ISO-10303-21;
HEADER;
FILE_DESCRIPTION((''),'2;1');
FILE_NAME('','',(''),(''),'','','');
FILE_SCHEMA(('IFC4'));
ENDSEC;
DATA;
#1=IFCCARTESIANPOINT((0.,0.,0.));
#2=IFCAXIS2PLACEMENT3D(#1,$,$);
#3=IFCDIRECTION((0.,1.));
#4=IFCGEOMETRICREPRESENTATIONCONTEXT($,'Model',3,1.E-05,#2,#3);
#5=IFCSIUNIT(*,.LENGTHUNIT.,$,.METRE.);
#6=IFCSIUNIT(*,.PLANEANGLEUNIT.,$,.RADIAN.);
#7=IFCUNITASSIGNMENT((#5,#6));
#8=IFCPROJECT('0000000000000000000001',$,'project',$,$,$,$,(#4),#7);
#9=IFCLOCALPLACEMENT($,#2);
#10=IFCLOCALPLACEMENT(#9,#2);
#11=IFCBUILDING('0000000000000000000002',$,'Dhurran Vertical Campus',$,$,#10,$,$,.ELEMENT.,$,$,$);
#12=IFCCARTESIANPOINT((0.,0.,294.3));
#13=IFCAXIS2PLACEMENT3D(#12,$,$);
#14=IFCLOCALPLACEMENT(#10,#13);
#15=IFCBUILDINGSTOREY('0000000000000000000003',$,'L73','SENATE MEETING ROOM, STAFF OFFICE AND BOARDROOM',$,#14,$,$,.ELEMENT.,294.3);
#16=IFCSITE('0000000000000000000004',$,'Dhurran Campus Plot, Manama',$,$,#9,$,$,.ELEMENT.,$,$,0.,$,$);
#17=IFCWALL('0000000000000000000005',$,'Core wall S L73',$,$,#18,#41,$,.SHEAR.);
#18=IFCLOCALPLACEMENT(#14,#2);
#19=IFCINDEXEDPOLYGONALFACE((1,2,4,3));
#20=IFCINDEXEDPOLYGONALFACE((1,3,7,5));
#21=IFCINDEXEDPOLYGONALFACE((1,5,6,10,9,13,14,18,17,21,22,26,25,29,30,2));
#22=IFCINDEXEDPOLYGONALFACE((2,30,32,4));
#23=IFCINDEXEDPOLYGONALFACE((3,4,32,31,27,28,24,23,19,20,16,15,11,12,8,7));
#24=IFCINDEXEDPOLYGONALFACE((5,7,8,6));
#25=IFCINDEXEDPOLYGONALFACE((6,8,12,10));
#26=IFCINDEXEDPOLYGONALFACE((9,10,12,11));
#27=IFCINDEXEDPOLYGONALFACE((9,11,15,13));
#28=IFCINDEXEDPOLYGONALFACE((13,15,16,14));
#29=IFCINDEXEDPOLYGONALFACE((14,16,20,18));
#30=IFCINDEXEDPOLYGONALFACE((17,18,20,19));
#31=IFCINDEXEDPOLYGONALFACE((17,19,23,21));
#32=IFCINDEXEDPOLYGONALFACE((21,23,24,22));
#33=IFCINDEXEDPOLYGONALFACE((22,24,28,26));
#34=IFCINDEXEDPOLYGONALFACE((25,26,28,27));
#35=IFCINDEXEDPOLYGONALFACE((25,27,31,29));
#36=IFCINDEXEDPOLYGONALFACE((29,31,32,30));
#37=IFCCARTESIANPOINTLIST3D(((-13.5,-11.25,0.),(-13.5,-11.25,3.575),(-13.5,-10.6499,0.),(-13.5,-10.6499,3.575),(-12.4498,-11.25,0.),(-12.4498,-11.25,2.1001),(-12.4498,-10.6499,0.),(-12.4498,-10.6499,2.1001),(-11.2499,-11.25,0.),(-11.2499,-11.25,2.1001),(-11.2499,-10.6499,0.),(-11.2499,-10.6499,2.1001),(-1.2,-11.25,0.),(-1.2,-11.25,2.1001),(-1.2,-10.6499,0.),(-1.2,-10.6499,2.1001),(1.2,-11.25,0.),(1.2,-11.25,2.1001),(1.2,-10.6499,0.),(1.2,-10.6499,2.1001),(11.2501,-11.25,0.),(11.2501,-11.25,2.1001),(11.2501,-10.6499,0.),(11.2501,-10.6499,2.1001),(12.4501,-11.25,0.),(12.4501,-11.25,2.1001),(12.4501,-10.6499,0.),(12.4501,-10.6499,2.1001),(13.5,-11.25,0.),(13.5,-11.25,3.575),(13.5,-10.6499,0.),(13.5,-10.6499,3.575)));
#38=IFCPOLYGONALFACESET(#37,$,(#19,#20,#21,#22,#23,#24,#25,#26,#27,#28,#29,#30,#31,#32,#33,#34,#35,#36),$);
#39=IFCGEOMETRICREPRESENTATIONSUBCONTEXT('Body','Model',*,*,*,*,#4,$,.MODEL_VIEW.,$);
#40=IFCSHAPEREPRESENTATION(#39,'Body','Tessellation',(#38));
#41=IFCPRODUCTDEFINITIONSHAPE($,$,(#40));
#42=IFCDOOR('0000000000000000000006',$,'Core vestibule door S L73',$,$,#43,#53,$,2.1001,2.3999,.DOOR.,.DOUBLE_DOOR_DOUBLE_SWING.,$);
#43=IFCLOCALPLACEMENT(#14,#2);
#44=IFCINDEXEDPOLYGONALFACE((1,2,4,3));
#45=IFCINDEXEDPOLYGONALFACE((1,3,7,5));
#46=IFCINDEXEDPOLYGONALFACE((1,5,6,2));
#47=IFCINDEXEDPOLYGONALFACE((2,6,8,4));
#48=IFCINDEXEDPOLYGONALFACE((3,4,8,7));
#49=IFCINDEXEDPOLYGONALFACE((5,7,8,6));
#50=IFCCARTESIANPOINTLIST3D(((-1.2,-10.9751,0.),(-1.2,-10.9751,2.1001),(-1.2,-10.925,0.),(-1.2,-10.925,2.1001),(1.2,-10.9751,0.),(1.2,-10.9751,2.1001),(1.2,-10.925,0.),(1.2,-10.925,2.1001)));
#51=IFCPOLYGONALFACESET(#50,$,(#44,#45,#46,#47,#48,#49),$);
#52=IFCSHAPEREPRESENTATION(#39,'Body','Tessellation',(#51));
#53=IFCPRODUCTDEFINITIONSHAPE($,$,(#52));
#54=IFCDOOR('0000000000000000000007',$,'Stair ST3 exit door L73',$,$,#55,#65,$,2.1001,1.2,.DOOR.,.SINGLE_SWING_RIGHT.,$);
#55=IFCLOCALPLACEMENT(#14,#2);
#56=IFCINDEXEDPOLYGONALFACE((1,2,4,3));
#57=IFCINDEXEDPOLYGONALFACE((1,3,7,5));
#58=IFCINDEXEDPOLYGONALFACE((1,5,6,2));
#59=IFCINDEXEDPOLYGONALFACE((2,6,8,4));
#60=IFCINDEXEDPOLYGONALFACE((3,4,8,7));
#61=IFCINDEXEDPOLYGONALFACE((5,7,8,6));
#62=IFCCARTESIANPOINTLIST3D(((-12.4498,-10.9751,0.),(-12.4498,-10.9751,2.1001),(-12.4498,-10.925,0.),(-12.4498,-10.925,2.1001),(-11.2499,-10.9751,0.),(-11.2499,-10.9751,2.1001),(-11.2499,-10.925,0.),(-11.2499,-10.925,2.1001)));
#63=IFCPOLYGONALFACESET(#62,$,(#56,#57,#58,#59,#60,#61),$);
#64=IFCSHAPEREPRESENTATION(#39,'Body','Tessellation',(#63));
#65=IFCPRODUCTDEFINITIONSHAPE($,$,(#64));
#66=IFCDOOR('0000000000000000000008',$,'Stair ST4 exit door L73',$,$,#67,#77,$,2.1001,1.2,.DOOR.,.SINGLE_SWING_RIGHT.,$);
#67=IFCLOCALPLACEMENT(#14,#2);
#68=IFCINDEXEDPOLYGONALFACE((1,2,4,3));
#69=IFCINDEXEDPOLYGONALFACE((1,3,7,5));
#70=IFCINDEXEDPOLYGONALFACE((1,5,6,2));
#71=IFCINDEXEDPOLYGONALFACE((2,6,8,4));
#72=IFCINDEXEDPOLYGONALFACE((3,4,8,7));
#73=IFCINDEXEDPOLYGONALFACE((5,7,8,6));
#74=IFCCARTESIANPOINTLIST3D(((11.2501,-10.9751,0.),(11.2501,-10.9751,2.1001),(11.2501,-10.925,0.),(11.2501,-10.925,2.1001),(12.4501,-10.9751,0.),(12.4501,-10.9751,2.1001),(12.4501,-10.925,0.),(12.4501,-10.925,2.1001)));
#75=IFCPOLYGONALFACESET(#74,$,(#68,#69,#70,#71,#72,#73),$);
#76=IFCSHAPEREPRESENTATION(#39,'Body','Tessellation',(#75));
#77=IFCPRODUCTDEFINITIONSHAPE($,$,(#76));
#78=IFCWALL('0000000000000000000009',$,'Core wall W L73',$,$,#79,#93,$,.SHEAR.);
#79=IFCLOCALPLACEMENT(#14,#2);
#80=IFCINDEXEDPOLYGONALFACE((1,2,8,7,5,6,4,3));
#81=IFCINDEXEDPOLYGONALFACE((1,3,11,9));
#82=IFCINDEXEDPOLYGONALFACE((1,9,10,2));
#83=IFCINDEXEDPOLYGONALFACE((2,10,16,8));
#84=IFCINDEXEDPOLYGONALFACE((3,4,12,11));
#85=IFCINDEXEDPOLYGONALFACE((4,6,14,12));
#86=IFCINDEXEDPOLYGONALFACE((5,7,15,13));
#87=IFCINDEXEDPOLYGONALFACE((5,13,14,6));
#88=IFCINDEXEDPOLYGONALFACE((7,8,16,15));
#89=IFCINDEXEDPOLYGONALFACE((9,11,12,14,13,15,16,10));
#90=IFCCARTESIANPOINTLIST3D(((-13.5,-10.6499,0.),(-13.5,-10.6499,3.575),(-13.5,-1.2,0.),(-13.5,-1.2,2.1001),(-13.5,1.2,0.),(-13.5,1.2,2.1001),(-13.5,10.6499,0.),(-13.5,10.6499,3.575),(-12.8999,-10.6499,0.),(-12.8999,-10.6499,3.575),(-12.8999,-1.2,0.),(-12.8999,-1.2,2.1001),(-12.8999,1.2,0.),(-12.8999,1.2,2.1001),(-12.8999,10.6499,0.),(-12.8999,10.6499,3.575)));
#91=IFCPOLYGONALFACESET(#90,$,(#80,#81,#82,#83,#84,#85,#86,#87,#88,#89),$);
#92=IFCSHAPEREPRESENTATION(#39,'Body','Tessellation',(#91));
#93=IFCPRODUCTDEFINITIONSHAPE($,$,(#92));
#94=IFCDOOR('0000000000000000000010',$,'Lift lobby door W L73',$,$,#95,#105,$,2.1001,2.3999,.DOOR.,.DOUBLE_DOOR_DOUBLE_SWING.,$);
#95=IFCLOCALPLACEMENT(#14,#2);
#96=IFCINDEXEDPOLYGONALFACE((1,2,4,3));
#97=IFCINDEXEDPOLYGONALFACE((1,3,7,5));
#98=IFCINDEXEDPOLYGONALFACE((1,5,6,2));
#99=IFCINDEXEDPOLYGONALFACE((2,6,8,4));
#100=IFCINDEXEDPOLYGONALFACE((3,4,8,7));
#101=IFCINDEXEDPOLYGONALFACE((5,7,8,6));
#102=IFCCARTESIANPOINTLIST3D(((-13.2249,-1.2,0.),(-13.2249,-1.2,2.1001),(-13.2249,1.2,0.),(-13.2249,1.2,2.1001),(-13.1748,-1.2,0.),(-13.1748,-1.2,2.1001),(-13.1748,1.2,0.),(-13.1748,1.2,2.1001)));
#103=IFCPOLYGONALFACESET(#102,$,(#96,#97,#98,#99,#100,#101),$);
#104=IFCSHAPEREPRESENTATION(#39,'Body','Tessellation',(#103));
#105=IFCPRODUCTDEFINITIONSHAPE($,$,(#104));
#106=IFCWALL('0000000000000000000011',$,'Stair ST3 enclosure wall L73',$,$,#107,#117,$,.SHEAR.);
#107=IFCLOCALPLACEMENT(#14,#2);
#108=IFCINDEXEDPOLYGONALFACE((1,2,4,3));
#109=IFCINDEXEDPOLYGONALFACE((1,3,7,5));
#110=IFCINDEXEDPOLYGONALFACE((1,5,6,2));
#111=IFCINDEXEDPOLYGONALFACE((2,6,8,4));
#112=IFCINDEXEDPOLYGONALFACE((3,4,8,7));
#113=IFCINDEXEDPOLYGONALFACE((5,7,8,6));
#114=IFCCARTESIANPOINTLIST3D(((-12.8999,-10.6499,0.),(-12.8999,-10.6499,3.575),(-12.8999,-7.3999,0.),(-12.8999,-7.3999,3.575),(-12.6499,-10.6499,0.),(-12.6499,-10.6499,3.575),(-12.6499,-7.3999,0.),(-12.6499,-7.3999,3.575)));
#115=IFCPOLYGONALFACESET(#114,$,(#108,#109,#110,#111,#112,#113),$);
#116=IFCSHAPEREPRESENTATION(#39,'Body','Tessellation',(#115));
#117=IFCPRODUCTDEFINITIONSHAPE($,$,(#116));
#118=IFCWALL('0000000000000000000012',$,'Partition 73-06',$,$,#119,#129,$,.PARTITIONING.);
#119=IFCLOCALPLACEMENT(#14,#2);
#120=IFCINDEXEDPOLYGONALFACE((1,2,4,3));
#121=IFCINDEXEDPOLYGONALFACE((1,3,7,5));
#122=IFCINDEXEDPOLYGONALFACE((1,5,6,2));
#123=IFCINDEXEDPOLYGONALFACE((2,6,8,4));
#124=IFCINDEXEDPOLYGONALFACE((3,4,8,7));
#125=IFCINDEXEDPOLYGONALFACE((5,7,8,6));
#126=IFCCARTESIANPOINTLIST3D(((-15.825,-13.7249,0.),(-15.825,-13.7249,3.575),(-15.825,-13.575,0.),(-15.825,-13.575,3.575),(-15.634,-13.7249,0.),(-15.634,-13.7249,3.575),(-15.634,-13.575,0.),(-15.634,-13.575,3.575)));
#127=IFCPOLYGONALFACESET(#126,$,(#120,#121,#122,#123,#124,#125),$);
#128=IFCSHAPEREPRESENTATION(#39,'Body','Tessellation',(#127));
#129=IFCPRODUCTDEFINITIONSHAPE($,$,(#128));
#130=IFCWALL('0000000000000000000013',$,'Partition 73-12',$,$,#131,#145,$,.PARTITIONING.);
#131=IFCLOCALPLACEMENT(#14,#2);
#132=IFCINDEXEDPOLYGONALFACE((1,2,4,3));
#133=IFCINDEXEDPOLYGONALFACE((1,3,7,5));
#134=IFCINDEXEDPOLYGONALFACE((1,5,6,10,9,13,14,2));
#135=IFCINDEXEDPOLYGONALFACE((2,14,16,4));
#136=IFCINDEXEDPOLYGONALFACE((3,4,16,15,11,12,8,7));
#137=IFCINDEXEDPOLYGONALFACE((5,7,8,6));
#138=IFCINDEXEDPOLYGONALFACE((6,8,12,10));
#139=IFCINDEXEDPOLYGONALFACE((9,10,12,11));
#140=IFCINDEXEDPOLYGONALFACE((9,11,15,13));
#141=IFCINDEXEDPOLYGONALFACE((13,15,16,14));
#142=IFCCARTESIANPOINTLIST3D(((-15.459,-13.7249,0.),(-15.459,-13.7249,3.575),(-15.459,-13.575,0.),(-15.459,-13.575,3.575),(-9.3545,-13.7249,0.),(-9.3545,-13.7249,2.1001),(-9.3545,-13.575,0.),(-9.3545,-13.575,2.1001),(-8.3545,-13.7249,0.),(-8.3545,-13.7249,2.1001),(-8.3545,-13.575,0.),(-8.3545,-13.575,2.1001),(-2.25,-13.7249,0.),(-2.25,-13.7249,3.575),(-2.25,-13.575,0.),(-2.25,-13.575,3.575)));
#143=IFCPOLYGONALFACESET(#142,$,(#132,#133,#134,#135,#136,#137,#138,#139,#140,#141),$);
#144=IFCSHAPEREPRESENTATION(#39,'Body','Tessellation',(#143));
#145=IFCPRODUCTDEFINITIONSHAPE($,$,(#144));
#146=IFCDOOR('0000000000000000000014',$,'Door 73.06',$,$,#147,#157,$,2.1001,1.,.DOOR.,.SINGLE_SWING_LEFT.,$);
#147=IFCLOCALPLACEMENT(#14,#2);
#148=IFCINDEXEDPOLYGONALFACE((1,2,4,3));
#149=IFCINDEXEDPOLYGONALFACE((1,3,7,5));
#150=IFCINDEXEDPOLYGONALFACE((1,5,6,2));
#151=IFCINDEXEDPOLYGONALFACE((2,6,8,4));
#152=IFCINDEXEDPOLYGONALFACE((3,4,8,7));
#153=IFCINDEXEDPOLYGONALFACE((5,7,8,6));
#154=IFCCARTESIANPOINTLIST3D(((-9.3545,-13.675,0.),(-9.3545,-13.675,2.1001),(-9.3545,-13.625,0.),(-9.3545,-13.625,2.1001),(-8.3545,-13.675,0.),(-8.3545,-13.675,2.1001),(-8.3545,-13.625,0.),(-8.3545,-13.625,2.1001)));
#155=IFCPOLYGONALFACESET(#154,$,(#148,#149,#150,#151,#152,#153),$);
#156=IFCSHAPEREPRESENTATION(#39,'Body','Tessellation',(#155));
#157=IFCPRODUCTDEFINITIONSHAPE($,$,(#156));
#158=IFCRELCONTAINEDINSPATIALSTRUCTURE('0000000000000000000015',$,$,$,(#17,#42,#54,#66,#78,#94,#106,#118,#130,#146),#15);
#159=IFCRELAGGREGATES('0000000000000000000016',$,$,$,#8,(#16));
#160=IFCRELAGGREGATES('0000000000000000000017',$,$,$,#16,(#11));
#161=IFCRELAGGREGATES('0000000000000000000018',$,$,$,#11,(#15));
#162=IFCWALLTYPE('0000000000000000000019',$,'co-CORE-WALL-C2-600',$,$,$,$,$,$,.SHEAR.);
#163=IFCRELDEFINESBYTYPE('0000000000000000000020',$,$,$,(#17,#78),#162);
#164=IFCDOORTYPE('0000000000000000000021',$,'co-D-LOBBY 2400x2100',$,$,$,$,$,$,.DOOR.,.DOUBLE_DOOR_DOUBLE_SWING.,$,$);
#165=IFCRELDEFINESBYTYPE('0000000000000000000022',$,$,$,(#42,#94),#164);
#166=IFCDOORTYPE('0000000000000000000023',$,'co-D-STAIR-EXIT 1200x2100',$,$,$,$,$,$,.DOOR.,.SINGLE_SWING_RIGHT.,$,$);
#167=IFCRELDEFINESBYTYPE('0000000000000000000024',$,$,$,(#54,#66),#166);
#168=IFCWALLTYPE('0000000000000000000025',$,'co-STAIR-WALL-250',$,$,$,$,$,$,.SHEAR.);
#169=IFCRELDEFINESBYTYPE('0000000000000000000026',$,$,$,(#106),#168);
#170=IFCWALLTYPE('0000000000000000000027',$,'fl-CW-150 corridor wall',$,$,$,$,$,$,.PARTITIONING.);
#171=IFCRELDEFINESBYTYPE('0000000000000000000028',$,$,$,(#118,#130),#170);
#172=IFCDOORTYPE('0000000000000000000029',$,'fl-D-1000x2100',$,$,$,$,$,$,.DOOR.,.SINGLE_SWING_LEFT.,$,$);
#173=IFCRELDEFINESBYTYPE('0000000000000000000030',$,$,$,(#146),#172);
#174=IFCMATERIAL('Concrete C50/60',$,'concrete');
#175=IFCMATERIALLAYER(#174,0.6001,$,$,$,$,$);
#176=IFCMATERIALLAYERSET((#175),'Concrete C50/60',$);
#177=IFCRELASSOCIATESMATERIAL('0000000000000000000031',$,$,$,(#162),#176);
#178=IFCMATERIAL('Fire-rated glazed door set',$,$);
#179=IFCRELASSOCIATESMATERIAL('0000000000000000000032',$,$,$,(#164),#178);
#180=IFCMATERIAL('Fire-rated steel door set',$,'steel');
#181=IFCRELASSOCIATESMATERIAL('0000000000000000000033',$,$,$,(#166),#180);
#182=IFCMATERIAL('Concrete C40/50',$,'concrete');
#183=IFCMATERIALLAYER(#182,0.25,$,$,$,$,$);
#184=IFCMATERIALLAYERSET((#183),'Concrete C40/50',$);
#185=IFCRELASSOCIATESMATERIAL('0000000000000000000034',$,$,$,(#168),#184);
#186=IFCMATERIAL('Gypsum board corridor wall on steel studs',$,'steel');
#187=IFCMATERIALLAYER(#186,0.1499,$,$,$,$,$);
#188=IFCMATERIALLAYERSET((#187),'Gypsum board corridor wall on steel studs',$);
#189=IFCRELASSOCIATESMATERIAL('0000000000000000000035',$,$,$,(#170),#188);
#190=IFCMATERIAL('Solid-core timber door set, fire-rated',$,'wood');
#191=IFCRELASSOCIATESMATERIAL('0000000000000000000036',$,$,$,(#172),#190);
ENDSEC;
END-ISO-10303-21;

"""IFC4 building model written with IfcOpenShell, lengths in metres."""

from ifc_helpers import new_model, si_unit, direction, frame, frame_2d, origin, place, context, subcontext, project, spatial, rectangle, extrude, material, layer, layer_set, type_object, element, fill, save


model = new_model("IFC4")

# Units and contexts
model_context = context("Model", 3, precision=1e-05, world=origin(), true_north=direction((0.0, 1.0)))
body_context = subcontext(model_context, "Body", "Model", "MODEL_VIEW")
ifc_project = project(units=[si_unit("LENGTHUNIT", "METRE"), si_unit("PLANEANGLEUNIT", "RADIAN")], contexts=[model_context])

# Site, building, storey
site_placement = place(None, origin())
site = spatial("IfcSite", under=ifc_project, at=site_placement, Name="Dhurran Campus Plot, Manama", CompositionType="ELEMENT", RefElevation=0.0)
building_placement = place(site_placement, origin())
building = spatial("IfcBuilding", under=site, at=building_placement, Name="Dhurran Vertical Campus", CompositionType="ELEMENT")
storey_placement = place(building_placement, frame((0.0, 0.0, 294.3)))
storey = spatial("IfcBuildingStorey", under=building, at=storey_placement, Name="L73", Description="SENATE MEETING ROOM, STAFF OFFICE AND BOARDROOM", CompositionType="ELEMENT", Elevation=294.3)

# Wall, openings, doors
ifc_material_1 = material(Name="Concrete C50/60", Category="concrete")
ifc_layer_1 = layer(ifc_material_1, 0.6001)
ifc_layer_set_1 = layer_set([ifc_layer_1], Name="Concrete C50/60")
wall_type_1 = type_object("IfcWallType", Name="co-CORE-WALL-C2-600", PredefinedType="SHEAR", material=ifc_layer_set_1)
wall_1_placement = place(storey_placement, frame((-13.5, -10.95, 0.0), z_axis=(0.0, 0.0, 1.0), x_axis=(1.0, 0.0, 0.0)))
wall_1 = element("IfcWall", 1, at=wall_1_placement, inside=storey, type_object=wall_type_1, Name="Core wall S L73", PredefinedType="SHEAR", context=body_context, shape_type="SweptSolid", body=[
    extrude(rectangle(XDim=27.0, YDim=0.6001, at=frame_2d((13.5, 0.0))), origin(), (0.0, 0.0, 1.0), 3.575),
])
opening_1_placement = place(wall_1_placement, frame((12.3, 0.0, 0.0)))
opening_1 = element("IfcOpeningElement", 2, at=opening_1_placement, cuts=wall_1, PredefinedType="OPENING", context=body_context, shape_type="SweptSolid", body=[
    extrude(rectangle(XDim=2.3999, YDim=2.1001, at=frame_2d((1.2, 1.05))), frame((0.0, 0.3101, 0.0), z_axis=(0.0, -1.0, 0.0), x_axis=(1.0, 0.0, 0.0)), (0.0, 0.0, 1.0), 0.6201),
])
opening_2_placement = place(wall_1_placement, frame((1.05, 0.0, 0.0)))
opening_2 = element("IfcOpeningElement", 3, at=opening_2_placement, cuts=wall_1, PredefinedType="OPENING", context=body_context, shape_type="SweptSolid", body=[
    extrude(rectangle(XDim=1.2, YDim=2.1001, at=frame_2d((0.6001, 1.05))), frame((0.0, 0.3101, 0.0), z_axis=(0.0, -1.0, 0.0), x_axis=(1.0, 0.0, 0.0)), (0.0, 0.0, 1.0), 0.6201),
])
opening_3_placement = place(wall_1_placement, frame((24.75, 0.0, 0.0)))
opening_3 = element("IfcOpeningElement", 4, at=opening_3_placement, cuts=wall_1, PredefinedType="OPENING", context=body_context, shape_type="SweptSolid", body=[
    extrude(rectangle(XDim=1.2, YDim=2.1001, at=frame_2d((0.6001, 1.05))), frame((0.0, 0.3101, 0.0), z_axis=(0.0, -1.0, 0.0), x_axis=(1.0, 0.0, 0.0)), (0.0, 0.0, 1.0), 0.6201),
])
ifc_material_2 = material(Name="Fire-rated glazed door set")
door_type_1 = type_object("IfcDoorType", Name="co-D-LOBBY 2400x2100", OperationType="DOUBLE_DOOR_DOUBLE_SWING", PredefinedType="DOOR", material=ifc_material_2)
door_1_placement = place(opening_1_placement, origin())
door_1 = element("IfcDoor", 5, at=door_1_placement, inside=storey, type_object=door_type_1, Name="Core vestibule door S L73", OperationType="DOUBLE_DOOR_DOUBLE_SWING", OverallHeight=2.1001, OverallWidth=2.3999, PredefinedType="DOOR", context=body_context, shape_type="SweptSolid", body=[
    extrude(rectangle(XDim=2.3999, YDim=2.1001, at=frame_2d((1.2, 1.05))), frame((0.0, 0.0249, 0.0), z_axis=(0.0, -1.0, 0.0), x_axis=(1.0, 0.0, 0.0)), (0.0, 0.0, 1.0), 0.05),
])
fill(opening_1, door_1)
ifc_material_3 = material(Name="Fire-rated steel door set", Category="steel")
door_type_2 = type_object("IfcDoorType", Name="co-D-STAIR-EXIT 1200x2100", OperationType="SINGLE_SWING_RIGHT", PredefinedType="DOOR", material=ifc_material_3)
door_2_placement = place(opening_2_placement, origin())
door_2 = element("IfcDoor", 6, at=door_2_placement, inside=storey, type_object=door_type_2, Name="Stair ST3 exit door L73", OperationType="SINGLE_SWING_RIGHT", OverallHeight=2.1001, OverallWidth=1.2, PredefinedType="DOOR", context=body_context, shape_type="SweptSolid", body=[
    extrude(rectangle(XDim=1.2, YDim=2.1001, at=frame_2d((0.6001, 1.05))), frame((0.0, 0.0249, 0.0), z_axis=(0.0, -1.0, 0.0), x_axis=(1.0, 0.0, 0.0)), (0.0, 0.0, 1.0), 0.05),
])
fill(opening_2, door_2)
door_3_placement = place(opening_3_placement, origin())
door_3 = element("IfcDoor", 7, at=door_3_placement, inside=storey, type_object=door_type_2, Name="Stair ST4 exit door L73", OperationType="SINGLE_SWING_RIGHT", OverallHeight=2.1001, OverallWidth=1.2, PredefinedType="DOOR", context=body_context, shape_type="SweptSolid", body=[
    extrude(rectangle(XDim=1.2, YDim=2.1001, at=frame_2d((0.6001, 1.05))), frame((0.0, 0.0249, 0.0), z_axis=(0.0, -1.0, 0.0), x_axis=(1.0, 0.0, 0.0)), (0.0, 0.0, 1.0), 0.05),
])
fill(opening_3, door_3)

# Wall, opening, door
wall_2_placement = place(storey_placement, frame((-13.2, -10.6499, 0.0), z_axis=(0.0, 0.0, 1.0), x_axis=(0.0, 1.0, 0.0)))
wall_2 = element("IfcWall", 8, at=wall_2_placement, inside=storey, type_object=wall_type_1, Name="Core wall W L73", PredefinedType="SHEAR", context=body_context, shape_type="SweptSolid", body=[
    extrude(rectangle(XDim=21.2998, YDim=0.6001, at=frame_2d((10.6499, 0.0))), origin(), (0.0, 0.0, 1.0), 3.575),
])
opening_4_placement = place(wall_2_placement, frame((9.45, 0.0, 0.0)))
opening_4 = element("IfcOpeningElement", 9, at=opening_4_placement, cuts=wall_2, PredefinedType="OPENING", context=body_context, shape_type="SweptSolid", body=[
    extrude(rectangle(XDim=2.3999, YDim=2.1001, at=frame_2d((1.2, 1.05))), frame((0.0, 0.3101, 0.0), z_axis=(0.0, -1.0, 0.0), x_axis=(1.0, 0.0, 0.0)), (0.0, 0.0, 1.0), 0.6201),
])
door_4_placement = place(opening_4_placement, origin())
door_4 = element("IfcDoor", 10, at=door_4_placement, inside=storey, type_object=door_type_1, Name="Lift lobby door W L73", OperationType="DOUBLE_DOOR_DOUBLE_SWING", OverallHeight=2.1001, OverallWidth=2.3999, PredefinedType="DOOR", context=body_context, shape_type="SweptSolid", body=[
    extrude(rectangle(XDim=2.3999, YDim=2.1001, at=frame_2d((1.2, 1.05))), frame((0.0, 0.0249, 0.0), z_axis=(0.0, -1.0, 0.0), x_axis=(1.0, 0.0, 0.0)), (0.0, 0.0, 1.0), 0.05),
])
fill(opening_4, door_4)

# Walls
ifc_material_4 = material(Name="Concrete C40/50", Category="concrete")
ifc_layer_2 = layer(ifc_material_4, 0.25)
ifc_layer_set_2 = layer_set([ifc_layer_2], Name="Concrete C40/50")
wall_type_2 = type_object("IfcWallType", Name="co-STAIR-WALL-250", PredefinedType="SHEAR", material=ifc_layer_set_2)
wall_3_placement = place(storey_placement, frame((-12.7749, -10.6499, 0.0), z_axis=(0.0, 0.0, 1.0), x_axis=(0.0, 1.0, 0.0)))
element("IfcWall", 11, at=wall_3_placement, inside=storey, type_object=wall_type_2, Name="Stair ST3 enclosure wall L73", PredefinedType="SHEAR", context=body_context, shape_type="SweptSolid", body=[
    extrude(rectangle(XDim=3.25, YDim=0.25, at=frame_2d((1.625, 0.0))), origin(), (0.0, 0.0, 1.0), 3.575),
])
ifc_material_5 = material(Name="Gypsum board corridor wall on steel studs", Category="steel")
ifc_layer_3 = layer(ifc_material_5, 0.1499)
ifc_layer_set_3 = layer_set([ifc_layer_3], Name="Gypsum board corridor wall on steel studs")
wall_type_3 = type_object("IfcWallType", Name="fl-CW-150 corridor wall", PredefinedType="PARTITIONING", material=ifc_layer_set_3)
wall_4_placement = place(storey_placement, frame((-15.825, -13.6499, 0.0), z_axis=(0.0, 0.0, 1.0), x_axis=(1.0, 0.0, 0.0)))
element("IfcWall", 12, at=wall_4_placement, inside=storey, type_object=wall_type_3, Name="Partition 73-06", PredefinedType="PARTITIONING", context=body_context, shape_type="SweptSolid", body=[
    extrude(rectangle(XDim=0.1909, YDim=0.1499, at=frame_2d((0.0955, 0.0))), origin(), (0.0, 0.0, 1.0), 3.575),
])

# Wall, opening, door
wall_5_placement = place(storey_placement, frame((-15.459, -13.6499, 0.0), z_axis=(0.0, 0.0, 1.0), x_axis=(1.0, 0.0, 0.0)))
wall_5 = element("IfcWall", 13, at=wall_5_placement, inside=storey, type_object=wall_type_3, Name="Partition 73-12", PredefinedType="PARTITIONING", context=body_context, shape_type="SweptSolid", body=[
    extrude(rectangle(XDim=13.209, YDim=0.1499, at=frame_2d((6.6045, 0.0))), origin(), (0.0, 0.0, 1.0), 3.575),
])
opening_5_placement = place(wall_5_placement, frame((6.1045, 0.0, 0.0)))
opening_5 = element("IfcOpeningElement", 14, at=opening_5_placement, cuts=wall_5, PredefinedType="OPENING", context=body_context, shape_type="SweptSolid", body=[
    extrude(rectangle(XDim=1.0, YDim=2.1001, at=frame_2d((0.5, 1.05))), frame((0.0, 0.085, 0.0), z_axis=(0.0, -1.0, 0.0), x_axis=(1.0, 0.0, 0.0)), (0.0, 0.0, 1.0), 0.1699),
])
ifc_material_6 = material(Name="Solid-core timber door set, fire-rated", Category="wood")
door_type_3 = type_object("IfcDoorType", Name="fl-D-1000x2100", OperationType="SINGLE_SWING_LEFT", PredefinedType="DOOR", material=ifc_material_6)
door_5_placement = place(opening_5_placement, origin())
door_5 = element("IfcDoor", 15, at=door_5_placement, inside=storey, type_object=door_type_3, Name="Door 73.06", OperationType="SINGLE_SWING_LEFT", OverallHeight=2.1001, OverallWidth=1.0, PredefinedType="DOOR", context=body_context, shape_type="SweptSolid", body=[
    extrude(rectangle(XDim=1.0, YDim=2.1001, at=frame_2d((0.5, 1.05))), frame((0.0, 0.0249, 0.0), z_axis=(0.0, -1.0, 0.0), x_axis=(1.0, 0.0, 0.0)), (0.0, 0.0, 1.0), 0.05),
])
fill(opening_5, door_5)

save(model, "model.ifc")
